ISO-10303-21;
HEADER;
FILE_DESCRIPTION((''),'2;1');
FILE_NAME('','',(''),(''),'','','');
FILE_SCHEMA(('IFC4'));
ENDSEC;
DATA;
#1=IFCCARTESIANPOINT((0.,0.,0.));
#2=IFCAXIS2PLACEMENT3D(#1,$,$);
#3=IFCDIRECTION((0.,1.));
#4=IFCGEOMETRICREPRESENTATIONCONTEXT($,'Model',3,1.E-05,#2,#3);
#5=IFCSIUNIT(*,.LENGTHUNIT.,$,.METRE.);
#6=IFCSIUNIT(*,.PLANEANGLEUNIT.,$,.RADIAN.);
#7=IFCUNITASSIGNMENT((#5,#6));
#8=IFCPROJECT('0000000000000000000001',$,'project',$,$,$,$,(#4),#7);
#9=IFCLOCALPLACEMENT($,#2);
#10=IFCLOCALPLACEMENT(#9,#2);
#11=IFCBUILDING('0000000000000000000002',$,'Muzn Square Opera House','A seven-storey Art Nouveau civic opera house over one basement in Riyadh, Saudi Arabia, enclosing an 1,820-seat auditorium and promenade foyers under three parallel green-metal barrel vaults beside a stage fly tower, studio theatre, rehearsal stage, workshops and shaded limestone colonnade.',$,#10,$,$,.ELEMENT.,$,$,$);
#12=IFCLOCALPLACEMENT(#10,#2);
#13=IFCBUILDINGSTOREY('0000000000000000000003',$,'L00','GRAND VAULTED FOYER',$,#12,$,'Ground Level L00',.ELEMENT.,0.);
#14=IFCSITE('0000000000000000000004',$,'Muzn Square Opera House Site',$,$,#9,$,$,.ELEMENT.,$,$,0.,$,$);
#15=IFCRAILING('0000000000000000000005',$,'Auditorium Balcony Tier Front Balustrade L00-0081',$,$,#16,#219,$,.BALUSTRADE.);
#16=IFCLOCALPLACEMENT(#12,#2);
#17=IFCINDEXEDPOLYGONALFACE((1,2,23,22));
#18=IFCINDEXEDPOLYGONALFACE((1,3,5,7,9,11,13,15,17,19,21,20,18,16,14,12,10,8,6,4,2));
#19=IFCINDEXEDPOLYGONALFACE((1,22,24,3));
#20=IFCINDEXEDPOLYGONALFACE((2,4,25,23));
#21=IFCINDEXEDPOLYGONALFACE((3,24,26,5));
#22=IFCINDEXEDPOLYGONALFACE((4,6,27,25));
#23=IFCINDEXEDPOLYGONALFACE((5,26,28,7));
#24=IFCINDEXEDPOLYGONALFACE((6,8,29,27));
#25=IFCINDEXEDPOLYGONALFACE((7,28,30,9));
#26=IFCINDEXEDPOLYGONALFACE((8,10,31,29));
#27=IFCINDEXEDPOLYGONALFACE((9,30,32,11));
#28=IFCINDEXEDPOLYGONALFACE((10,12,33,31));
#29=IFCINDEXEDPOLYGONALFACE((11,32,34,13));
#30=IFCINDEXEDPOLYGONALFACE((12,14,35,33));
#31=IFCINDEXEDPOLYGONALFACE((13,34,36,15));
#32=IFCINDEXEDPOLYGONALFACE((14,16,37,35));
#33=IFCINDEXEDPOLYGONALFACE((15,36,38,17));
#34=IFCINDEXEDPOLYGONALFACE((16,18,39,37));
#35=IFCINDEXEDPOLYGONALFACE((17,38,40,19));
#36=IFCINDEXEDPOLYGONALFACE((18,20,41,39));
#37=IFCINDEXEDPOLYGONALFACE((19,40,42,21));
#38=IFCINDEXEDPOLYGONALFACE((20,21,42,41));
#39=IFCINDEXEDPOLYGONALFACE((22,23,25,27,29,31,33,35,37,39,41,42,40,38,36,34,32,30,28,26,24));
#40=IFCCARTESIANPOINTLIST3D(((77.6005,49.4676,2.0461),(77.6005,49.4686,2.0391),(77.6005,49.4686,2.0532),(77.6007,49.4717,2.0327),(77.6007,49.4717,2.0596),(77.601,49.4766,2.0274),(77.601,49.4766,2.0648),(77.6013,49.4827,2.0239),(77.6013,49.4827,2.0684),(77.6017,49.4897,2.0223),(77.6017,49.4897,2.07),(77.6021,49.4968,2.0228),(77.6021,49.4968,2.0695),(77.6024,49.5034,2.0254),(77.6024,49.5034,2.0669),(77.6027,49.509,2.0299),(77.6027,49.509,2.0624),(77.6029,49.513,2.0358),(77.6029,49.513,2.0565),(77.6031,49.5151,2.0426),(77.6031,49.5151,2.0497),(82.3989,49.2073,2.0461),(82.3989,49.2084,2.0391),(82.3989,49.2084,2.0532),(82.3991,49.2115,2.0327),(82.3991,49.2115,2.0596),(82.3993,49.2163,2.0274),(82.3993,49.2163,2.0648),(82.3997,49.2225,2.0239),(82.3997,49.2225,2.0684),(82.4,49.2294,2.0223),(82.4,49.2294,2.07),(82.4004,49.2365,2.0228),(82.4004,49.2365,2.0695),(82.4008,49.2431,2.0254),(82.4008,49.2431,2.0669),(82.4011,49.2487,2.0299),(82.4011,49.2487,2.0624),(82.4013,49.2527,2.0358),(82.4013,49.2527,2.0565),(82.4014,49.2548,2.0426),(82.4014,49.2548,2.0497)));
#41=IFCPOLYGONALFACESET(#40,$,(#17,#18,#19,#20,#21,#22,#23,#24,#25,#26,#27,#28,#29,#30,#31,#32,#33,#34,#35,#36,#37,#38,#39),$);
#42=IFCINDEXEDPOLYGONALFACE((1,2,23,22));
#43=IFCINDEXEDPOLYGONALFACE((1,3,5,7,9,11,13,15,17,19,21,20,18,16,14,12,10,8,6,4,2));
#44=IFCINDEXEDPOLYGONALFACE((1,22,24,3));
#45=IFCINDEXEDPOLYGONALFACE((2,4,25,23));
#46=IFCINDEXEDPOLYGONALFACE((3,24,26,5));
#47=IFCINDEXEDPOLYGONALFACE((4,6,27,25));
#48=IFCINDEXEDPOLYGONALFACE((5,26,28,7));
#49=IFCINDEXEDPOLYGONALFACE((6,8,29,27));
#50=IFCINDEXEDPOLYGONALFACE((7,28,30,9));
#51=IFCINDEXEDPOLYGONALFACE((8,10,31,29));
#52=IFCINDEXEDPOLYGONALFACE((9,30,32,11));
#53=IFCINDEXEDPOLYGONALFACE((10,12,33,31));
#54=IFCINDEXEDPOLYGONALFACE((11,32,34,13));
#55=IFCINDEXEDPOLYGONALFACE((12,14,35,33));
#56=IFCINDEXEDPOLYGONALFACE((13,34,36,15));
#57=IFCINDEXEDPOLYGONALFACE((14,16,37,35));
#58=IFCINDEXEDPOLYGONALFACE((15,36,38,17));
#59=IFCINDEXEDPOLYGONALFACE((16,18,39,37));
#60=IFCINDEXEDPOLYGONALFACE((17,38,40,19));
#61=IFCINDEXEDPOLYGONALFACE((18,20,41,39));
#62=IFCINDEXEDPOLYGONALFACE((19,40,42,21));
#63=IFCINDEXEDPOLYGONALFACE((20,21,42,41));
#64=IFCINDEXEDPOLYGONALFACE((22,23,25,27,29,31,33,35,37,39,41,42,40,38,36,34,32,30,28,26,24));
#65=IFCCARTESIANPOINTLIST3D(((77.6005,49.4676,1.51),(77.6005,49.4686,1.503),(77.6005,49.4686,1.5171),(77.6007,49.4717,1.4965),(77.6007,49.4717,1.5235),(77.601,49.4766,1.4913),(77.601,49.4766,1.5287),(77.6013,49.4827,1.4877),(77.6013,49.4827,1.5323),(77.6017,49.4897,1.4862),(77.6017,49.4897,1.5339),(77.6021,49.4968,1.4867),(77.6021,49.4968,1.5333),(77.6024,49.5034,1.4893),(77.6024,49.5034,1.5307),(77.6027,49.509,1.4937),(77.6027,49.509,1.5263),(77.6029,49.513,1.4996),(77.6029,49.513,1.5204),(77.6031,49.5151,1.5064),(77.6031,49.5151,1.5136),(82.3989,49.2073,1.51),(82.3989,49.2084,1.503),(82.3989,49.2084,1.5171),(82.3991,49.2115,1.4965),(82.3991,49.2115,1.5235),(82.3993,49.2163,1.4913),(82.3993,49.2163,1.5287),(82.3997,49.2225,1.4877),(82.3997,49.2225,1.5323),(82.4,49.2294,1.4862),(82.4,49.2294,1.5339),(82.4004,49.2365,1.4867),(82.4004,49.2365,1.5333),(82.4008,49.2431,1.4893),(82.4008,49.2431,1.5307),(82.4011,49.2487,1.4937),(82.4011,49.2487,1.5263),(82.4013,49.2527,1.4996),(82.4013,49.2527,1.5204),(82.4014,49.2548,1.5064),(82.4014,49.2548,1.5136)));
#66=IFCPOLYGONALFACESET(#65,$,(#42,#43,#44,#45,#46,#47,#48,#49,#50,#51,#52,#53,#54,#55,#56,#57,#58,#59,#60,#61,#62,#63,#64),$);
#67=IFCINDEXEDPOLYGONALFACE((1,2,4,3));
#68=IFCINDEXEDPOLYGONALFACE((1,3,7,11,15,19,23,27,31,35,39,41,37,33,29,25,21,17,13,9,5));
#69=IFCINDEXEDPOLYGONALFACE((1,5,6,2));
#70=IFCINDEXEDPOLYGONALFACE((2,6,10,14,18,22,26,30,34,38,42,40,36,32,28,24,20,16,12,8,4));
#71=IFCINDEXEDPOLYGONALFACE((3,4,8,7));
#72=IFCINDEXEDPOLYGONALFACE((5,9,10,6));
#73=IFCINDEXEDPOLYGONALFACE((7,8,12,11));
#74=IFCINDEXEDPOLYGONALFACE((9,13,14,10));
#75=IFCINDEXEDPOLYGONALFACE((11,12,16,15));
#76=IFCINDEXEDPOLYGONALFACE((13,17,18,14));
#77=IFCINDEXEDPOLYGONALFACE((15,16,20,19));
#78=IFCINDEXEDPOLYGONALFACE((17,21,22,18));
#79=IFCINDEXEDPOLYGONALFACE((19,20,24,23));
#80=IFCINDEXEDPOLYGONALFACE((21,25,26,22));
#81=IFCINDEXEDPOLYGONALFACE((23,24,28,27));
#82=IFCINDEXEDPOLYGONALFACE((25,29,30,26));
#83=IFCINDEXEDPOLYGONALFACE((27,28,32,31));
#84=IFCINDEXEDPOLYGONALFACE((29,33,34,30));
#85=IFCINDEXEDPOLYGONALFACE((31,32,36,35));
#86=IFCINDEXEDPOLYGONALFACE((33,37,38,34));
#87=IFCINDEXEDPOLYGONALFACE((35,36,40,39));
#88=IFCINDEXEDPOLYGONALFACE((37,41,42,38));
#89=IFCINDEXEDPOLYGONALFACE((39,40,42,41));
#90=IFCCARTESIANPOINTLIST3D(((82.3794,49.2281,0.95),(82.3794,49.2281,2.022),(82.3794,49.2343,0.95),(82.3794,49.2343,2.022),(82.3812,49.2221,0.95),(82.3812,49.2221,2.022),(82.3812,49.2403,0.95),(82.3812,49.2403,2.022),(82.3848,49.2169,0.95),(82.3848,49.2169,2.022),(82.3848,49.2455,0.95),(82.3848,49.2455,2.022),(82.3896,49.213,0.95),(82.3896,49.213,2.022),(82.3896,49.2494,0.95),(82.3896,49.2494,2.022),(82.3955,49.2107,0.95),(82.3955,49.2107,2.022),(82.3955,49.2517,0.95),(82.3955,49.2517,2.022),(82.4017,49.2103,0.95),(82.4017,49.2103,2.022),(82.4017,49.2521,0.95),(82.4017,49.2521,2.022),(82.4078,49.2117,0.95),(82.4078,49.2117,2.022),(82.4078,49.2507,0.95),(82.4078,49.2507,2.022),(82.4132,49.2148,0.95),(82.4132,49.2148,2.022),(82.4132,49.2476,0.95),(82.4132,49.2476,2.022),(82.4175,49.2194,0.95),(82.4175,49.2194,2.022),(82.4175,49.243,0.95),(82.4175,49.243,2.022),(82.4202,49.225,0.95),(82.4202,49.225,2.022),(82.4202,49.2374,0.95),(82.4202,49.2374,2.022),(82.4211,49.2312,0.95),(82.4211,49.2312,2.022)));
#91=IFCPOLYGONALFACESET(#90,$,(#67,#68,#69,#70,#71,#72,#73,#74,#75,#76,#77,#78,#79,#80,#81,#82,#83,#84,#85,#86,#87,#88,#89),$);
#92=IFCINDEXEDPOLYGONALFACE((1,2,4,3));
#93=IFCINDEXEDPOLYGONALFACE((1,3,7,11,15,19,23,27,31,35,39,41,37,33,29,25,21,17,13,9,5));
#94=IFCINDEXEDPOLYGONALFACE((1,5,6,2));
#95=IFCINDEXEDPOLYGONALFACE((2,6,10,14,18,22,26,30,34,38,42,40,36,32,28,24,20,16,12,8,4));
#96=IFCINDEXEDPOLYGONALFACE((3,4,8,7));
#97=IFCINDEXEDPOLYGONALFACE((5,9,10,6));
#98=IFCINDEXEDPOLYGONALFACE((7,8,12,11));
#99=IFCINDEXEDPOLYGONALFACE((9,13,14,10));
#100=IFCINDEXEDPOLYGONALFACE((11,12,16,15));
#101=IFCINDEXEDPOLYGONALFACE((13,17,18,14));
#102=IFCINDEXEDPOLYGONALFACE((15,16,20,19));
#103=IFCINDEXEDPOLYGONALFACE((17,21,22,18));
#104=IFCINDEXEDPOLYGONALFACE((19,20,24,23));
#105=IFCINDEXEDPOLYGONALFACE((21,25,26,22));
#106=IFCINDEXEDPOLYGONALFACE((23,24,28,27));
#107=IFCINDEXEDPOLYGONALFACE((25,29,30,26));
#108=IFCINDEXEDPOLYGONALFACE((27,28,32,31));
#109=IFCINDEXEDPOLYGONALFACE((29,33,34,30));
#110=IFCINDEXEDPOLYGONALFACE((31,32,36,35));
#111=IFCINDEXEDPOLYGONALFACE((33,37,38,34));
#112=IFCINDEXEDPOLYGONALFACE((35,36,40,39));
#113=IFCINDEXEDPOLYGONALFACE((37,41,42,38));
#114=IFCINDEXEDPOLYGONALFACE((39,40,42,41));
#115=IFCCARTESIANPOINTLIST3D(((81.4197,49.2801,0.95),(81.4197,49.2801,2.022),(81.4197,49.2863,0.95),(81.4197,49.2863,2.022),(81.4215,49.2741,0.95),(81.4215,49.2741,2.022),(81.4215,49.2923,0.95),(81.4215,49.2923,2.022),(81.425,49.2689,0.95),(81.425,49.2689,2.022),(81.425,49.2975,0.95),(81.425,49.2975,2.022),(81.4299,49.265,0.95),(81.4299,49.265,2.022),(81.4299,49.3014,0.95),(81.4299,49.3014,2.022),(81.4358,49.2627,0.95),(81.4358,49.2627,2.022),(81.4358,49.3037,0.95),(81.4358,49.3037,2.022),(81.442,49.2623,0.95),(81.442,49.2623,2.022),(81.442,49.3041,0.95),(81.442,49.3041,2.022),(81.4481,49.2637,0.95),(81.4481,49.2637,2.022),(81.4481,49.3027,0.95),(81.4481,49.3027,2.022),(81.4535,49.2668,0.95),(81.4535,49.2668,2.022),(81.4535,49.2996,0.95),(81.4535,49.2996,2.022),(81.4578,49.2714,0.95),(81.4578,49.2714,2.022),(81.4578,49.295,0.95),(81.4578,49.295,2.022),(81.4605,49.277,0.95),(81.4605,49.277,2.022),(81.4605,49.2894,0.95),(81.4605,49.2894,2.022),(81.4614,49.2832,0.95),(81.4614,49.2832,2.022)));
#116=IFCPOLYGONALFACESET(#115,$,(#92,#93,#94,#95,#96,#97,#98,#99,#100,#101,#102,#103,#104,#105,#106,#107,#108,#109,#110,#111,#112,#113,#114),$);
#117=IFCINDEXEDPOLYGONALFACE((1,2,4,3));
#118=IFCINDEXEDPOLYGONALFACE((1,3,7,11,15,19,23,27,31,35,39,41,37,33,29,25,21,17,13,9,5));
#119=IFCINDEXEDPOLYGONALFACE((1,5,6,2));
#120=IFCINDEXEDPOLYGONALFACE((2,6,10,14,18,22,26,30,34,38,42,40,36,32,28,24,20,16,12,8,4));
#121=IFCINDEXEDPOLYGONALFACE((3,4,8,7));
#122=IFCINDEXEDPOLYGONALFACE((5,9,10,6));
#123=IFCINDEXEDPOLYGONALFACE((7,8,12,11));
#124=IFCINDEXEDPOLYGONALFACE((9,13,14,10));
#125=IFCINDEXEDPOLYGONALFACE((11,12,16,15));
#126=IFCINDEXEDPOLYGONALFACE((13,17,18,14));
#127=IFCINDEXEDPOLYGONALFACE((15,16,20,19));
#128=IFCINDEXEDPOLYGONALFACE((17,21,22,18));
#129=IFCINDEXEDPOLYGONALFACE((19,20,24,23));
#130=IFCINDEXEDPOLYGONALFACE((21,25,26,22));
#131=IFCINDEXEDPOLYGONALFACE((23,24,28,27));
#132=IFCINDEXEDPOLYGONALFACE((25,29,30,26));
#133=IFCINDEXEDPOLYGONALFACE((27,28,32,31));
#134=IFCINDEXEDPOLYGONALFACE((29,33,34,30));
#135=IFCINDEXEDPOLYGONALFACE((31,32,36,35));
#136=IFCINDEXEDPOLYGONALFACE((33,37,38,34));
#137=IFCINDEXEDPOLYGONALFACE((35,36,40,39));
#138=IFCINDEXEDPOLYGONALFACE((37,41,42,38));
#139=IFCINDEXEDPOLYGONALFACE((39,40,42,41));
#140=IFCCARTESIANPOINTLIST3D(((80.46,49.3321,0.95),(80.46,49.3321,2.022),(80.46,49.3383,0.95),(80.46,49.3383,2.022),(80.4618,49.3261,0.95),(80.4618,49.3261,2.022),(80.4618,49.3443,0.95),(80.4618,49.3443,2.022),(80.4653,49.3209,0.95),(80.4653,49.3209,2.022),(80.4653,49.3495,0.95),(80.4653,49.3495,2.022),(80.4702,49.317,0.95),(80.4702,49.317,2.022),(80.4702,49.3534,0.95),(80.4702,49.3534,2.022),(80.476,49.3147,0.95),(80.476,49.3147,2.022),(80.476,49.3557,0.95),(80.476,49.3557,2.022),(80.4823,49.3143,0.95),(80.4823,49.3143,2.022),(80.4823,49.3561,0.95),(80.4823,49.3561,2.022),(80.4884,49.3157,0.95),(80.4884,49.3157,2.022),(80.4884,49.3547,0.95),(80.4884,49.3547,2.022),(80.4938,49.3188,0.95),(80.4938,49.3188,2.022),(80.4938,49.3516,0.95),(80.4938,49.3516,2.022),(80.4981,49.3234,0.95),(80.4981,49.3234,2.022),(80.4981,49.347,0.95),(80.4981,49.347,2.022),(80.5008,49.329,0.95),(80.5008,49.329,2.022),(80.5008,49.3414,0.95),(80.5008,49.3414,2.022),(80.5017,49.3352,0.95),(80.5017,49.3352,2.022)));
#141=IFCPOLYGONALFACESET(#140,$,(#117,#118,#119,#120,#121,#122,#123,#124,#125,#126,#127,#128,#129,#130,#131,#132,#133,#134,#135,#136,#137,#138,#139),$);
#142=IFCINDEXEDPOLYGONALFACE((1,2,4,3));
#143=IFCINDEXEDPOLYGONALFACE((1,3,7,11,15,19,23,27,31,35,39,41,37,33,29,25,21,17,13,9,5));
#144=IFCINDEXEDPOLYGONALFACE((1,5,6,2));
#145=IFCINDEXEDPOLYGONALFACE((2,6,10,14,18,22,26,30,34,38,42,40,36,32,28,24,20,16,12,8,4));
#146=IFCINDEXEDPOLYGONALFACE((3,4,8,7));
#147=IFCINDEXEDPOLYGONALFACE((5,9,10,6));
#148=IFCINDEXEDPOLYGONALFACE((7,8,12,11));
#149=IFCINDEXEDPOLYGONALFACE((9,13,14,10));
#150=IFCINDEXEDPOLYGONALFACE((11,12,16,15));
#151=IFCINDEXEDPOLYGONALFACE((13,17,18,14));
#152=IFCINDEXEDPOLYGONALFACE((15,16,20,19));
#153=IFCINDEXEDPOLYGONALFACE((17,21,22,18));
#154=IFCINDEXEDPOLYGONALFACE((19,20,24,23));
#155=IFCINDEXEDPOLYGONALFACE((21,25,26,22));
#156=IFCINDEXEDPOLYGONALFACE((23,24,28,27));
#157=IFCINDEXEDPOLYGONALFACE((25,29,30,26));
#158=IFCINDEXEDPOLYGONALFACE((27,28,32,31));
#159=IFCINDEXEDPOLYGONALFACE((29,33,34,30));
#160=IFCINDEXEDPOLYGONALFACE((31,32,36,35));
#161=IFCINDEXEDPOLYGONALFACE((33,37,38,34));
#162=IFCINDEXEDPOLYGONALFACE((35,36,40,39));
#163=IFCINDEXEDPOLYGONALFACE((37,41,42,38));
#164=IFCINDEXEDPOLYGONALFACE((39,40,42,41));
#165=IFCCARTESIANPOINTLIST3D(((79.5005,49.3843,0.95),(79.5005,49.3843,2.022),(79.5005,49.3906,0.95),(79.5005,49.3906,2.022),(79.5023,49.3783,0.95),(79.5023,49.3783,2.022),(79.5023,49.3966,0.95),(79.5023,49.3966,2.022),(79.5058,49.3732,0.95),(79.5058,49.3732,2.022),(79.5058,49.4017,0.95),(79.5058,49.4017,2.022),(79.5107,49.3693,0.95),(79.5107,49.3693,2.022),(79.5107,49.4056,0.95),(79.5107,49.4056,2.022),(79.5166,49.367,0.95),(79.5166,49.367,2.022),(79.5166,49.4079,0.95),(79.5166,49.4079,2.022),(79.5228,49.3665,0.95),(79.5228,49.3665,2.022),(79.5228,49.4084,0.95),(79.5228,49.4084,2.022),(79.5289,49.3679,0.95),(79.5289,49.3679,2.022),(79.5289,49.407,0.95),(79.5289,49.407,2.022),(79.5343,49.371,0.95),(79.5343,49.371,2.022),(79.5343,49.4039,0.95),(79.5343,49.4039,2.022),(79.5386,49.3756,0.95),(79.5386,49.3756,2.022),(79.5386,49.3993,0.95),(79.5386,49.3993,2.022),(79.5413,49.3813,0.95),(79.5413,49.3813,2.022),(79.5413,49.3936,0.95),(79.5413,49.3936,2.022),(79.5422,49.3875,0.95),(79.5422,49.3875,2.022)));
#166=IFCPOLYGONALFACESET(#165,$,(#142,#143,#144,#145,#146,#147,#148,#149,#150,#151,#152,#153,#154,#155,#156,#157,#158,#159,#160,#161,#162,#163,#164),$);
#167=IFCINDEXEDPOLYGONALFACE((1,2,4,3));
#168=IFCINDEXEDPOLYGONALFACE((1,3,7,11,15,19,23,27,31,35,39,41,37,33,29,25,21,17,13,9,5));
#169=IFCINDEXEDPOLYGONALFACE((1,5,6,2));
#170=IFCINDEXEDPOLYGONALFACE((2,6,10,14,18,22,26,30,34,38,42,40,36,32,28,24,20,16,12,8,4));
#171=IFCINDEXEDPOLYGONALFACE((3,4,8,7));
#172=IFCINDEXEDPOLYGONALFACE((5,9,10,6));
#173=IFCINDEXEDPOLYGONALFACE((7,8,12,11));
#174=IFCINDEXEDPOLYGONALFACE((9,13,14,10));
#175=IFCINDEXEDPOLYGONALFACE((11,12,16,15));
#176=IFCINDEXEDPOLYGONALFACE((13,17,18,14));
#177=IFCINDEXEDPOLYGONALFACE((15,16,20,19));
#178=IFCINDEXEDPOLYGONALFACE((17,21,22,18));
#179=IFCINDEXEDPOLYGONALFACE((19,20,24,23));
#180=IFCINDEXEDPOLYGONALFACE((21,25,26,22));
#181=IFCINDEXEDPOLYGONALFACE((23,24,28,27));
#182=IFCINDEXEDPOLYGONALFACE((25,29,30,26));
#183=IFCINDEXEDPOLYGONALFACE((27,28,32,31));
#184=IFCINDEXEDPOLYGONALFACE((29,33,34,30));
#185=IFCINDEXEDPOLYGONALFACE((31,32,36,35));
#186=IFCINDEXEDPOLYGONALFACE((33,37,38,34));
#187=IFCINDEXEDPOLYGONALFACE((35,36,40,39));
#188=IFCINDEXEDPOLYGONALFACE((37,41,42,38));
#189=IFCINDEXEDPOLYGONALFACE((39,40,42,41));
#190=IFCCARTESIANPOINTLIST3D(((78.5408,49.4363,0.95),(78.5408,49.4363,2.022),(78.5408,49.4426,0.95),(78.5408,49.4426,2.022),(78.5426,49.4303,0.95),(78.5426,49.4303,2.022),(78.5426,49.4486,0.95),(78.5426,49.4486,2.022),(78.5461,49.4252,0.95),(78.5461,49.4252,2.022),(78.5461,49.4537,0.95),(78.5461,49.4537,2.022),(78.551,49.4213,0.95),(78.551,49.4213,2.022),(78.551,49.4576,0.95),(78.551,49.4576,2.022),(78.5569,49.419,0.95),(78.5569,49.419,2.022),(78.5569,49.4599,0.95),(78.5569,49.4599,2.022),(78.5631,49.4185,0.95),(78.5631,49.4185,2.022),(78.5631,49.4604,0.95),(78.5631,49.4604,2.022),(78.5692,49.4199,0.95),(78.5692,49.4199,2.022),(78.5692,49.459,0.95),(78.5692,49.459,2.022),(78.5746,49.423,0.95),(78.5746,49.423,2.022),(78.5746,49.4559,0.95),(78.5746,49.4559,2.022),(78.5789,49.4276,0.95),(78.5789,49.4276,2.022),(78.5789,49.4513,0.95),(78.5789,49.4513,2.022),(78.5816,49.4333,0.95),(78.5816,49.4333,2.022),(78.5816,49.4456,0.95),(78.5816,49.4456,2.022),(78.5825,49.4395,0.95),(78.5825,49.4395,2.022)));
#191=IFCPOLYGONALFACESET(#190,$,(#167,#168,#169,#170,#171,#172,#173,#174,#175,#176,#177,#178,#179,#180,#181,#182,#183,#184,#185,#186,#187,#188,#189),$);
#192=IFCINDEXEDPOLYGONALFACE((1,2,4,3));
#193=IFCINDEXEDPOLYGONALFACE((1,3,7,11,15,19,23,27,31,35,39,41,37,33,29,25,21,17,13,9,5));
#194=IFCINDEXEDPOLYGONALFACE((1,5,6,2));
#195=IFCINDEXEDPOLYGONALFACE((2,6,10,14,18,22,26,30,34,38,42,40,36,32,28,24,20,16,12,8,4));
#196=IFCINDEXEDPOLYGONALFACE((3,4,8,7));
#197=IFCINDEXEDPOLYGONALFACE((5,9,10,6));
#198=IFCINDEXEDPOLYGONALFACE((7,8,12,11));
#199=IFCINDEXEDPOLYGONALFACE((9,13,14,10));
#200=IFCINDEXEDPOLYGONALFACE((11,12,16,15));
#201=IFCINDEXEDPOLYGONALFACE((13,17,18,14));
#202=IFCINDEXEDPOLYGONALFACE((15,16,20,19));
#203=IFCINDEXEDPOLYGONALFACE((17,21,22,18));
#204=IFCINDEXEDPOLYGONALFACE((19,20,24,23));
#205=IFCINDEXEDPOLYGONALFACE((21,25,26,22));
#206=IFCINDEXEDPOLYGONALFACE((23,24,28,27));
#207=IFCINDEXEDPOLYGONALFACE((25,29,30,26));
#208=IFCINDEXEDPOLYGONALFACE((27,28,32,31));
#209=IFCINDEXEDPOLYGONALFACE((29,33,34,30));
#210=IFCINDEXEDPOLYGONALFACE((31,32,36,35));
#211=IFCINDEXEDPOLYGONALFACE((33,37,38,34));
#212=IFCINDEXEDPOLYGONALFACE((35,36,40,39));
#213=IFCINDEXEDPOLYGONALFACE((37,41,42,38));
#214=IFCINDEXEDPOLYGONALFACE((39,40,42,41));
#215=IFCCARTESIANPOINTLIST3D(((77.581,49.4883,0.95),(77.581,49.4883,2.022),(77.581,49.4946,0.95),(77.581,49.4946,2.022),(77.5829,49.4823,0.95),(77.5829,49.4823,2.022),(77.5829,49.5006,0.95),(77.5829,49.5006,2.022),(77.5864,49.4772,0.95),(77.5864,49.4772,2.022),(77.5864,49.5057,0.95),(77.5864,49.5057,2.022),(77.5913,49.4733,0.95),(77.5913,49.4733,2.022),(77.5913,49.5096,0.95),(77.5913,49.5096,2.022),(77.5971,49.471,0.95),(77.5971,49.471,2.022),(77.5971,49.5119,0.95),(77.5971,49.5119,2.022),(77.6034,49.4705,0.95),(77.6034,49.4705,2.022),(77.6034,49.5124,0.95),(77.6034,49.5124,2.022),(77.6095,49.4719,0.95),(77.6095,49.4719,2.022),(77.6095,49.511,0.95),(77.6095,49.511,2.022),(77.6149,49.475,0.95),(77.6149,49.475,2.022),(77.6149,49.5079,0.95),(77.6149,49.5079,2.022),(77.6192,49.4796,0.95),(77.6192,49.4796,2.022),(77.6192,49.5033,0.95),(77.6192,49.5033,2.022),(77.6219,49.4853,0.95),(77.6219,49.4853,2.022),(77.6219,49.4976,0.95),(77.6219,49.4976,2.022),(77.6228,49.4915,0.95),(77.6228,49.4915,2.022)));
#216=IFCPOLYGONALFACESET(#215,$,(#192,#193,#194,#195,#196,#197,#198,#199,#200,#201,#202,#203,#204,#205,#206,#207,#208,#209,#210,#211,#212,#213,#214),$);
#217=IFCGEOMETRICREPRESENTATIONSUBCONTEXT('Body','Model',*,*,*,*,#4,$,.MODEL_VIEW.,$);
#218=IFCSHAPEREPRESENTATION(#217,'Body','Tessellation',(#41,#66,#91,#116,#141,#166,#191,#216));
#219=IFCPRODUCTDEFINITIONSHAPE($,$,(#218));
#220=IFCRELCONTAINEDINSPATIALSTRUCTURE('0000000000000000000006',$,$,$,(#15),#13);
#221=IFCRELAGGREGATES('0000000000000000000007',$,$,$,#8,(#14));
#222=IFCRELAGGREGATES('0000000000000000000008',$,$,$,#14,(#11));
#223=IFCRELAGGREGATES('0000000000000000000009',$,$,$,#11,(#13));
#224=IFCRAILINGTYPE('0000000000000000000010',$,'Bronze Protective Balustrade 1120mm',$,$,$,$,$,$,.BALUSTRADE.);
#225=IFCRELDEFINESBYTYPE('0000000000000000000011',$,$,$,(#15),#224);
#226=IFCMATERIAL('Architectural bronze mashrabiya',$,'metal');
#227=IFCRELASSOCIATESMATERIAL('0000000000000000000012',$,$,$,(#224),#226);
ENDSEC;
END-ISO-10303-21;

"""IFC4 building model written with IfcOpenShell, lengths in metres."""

from ifc_helpers import new_model, si_unit, direction, frame, origin, origin_2d, place, context, subcontext, project, spatial, circle, extrude, material, type_object, element, save


model = new_model("IFC4")

# Units and contexts
model_context = context("Model", 3, precision=1e-05, world=origin(), true_north=direction((0.0, 1.0)))
body_context = subcontext(model_context, "Body", "Model", "MODEL_VIEW")
ifc_project = project(units=[si_unit("LENGTHUNIT", "METRE"), si_unit("PLANEANGLEUNIT", "RADIAN")], contexts=[model_context])

# Site, building, storey
site_placement = place(None, origin())
site = spatial("IfcSite", under=ifc_project, at=site_placement, Name="Muzn Square Opera House Site", CompositionType="ELEMENT", RefElevation=0.0)
building_placement = place(site_placement, origin())
building = spatial("IfcBuilding", under=site, at=building_placement, Name="Muzn Square Opera House", Description="A seven-storey Art Nouveau civic opera house over one basement in Riyadh, Saudi Arabia, enclosing an 1,820-seat auditorium and promenade foyers under three parallel green-metal barrel vaults beside a stage fly tower, studio theatre, rehearsal stage, workshops and shaded limestone colonnade.", CompositionType="ELEMENT")
storey_placement = place(building_placement, origin())
storey = spatial("IfcBuildingStorey", under=building, at=storey_placement, Name="L00", Description="GRAND VAULTED FOYER", LongName="Ground Level L00", CompositionType="ELEMENT", Elevation=0.0)

# Railing
ifc_material_1 = material(Name="Architectural bronze mashrabiya", Category="metal")
railing_type_1 = type_object("IfcRailingType", Name="Bronze Protective Balustrade 1120mm", PredefinedType="BALUSTRADE", material=ifc_material_1)
railing_1_placement = place(storey_placement, frame((82.4001, 49.2312, 0.95)))
element("IfcRailing", 1, at=railing_1_placement, inside=storey, type_object=railing_type_1, Name="Auditorium Balcony Tier Front Balustrade L00-0081", PredefinedType="BALUSTRADE", context=body_context, shape_type="SweptSolid", body=[
    extrude(circle(Radius=0.0239, at=origin_2d()), frame((0.0, 0.0, 1.0962), z_axis=(-0.998532, 0.054159, 0.0), x_axis=(-0.054159, -0.998532, 0.0)), (0.0, 0.0, 1.0), 4.8054),
    extrude(circle(Radius=0.0239, at=origin_2d()), frame((0.0, 0.0, 0.5601), z_axis=(-0.998532, 0.054159, 0.0), x_axis=(-0.054159, -0.998532, 0.0)), (0.0, 0.0, 1.0), 4.8054),
    extrude(circle(Radius=0.021, at=origin_2d()), origin(), (0.0, 0.0, 1.0), 1.072),
    extrude(circle(Radius=0.021, at=origin_2d()), frame((-0.9597, 0.052, 0.0)), (0.0, 0.0, 1.0), 1.072),
    extrude(circle(Radius=0.021, at=origin_2d()), frame((-1.9194, 0.104, 0.0)), (0.0, 0.0, 1.0), 1.072),
    extrude(circle(Radius=0.021, at=origin_2d()), frame((-2.8789, 0.1562, 0.0)), (0.0, 0.0, 1.0), 1.072),
    extrude(circle(Radius=0.021, at=origin_2d()), frame((-3.8386, 0.2083, 0.0)), (0.0, 0.0, 1.0), 1.072),
    extrude(circle(Radius=0.021, at=origin_2d()), frame((-4.7983, 0.2603, 0.0)), (0.0, 0.0, 1.0), 1.072),
])

save(model, "model.ifc")
